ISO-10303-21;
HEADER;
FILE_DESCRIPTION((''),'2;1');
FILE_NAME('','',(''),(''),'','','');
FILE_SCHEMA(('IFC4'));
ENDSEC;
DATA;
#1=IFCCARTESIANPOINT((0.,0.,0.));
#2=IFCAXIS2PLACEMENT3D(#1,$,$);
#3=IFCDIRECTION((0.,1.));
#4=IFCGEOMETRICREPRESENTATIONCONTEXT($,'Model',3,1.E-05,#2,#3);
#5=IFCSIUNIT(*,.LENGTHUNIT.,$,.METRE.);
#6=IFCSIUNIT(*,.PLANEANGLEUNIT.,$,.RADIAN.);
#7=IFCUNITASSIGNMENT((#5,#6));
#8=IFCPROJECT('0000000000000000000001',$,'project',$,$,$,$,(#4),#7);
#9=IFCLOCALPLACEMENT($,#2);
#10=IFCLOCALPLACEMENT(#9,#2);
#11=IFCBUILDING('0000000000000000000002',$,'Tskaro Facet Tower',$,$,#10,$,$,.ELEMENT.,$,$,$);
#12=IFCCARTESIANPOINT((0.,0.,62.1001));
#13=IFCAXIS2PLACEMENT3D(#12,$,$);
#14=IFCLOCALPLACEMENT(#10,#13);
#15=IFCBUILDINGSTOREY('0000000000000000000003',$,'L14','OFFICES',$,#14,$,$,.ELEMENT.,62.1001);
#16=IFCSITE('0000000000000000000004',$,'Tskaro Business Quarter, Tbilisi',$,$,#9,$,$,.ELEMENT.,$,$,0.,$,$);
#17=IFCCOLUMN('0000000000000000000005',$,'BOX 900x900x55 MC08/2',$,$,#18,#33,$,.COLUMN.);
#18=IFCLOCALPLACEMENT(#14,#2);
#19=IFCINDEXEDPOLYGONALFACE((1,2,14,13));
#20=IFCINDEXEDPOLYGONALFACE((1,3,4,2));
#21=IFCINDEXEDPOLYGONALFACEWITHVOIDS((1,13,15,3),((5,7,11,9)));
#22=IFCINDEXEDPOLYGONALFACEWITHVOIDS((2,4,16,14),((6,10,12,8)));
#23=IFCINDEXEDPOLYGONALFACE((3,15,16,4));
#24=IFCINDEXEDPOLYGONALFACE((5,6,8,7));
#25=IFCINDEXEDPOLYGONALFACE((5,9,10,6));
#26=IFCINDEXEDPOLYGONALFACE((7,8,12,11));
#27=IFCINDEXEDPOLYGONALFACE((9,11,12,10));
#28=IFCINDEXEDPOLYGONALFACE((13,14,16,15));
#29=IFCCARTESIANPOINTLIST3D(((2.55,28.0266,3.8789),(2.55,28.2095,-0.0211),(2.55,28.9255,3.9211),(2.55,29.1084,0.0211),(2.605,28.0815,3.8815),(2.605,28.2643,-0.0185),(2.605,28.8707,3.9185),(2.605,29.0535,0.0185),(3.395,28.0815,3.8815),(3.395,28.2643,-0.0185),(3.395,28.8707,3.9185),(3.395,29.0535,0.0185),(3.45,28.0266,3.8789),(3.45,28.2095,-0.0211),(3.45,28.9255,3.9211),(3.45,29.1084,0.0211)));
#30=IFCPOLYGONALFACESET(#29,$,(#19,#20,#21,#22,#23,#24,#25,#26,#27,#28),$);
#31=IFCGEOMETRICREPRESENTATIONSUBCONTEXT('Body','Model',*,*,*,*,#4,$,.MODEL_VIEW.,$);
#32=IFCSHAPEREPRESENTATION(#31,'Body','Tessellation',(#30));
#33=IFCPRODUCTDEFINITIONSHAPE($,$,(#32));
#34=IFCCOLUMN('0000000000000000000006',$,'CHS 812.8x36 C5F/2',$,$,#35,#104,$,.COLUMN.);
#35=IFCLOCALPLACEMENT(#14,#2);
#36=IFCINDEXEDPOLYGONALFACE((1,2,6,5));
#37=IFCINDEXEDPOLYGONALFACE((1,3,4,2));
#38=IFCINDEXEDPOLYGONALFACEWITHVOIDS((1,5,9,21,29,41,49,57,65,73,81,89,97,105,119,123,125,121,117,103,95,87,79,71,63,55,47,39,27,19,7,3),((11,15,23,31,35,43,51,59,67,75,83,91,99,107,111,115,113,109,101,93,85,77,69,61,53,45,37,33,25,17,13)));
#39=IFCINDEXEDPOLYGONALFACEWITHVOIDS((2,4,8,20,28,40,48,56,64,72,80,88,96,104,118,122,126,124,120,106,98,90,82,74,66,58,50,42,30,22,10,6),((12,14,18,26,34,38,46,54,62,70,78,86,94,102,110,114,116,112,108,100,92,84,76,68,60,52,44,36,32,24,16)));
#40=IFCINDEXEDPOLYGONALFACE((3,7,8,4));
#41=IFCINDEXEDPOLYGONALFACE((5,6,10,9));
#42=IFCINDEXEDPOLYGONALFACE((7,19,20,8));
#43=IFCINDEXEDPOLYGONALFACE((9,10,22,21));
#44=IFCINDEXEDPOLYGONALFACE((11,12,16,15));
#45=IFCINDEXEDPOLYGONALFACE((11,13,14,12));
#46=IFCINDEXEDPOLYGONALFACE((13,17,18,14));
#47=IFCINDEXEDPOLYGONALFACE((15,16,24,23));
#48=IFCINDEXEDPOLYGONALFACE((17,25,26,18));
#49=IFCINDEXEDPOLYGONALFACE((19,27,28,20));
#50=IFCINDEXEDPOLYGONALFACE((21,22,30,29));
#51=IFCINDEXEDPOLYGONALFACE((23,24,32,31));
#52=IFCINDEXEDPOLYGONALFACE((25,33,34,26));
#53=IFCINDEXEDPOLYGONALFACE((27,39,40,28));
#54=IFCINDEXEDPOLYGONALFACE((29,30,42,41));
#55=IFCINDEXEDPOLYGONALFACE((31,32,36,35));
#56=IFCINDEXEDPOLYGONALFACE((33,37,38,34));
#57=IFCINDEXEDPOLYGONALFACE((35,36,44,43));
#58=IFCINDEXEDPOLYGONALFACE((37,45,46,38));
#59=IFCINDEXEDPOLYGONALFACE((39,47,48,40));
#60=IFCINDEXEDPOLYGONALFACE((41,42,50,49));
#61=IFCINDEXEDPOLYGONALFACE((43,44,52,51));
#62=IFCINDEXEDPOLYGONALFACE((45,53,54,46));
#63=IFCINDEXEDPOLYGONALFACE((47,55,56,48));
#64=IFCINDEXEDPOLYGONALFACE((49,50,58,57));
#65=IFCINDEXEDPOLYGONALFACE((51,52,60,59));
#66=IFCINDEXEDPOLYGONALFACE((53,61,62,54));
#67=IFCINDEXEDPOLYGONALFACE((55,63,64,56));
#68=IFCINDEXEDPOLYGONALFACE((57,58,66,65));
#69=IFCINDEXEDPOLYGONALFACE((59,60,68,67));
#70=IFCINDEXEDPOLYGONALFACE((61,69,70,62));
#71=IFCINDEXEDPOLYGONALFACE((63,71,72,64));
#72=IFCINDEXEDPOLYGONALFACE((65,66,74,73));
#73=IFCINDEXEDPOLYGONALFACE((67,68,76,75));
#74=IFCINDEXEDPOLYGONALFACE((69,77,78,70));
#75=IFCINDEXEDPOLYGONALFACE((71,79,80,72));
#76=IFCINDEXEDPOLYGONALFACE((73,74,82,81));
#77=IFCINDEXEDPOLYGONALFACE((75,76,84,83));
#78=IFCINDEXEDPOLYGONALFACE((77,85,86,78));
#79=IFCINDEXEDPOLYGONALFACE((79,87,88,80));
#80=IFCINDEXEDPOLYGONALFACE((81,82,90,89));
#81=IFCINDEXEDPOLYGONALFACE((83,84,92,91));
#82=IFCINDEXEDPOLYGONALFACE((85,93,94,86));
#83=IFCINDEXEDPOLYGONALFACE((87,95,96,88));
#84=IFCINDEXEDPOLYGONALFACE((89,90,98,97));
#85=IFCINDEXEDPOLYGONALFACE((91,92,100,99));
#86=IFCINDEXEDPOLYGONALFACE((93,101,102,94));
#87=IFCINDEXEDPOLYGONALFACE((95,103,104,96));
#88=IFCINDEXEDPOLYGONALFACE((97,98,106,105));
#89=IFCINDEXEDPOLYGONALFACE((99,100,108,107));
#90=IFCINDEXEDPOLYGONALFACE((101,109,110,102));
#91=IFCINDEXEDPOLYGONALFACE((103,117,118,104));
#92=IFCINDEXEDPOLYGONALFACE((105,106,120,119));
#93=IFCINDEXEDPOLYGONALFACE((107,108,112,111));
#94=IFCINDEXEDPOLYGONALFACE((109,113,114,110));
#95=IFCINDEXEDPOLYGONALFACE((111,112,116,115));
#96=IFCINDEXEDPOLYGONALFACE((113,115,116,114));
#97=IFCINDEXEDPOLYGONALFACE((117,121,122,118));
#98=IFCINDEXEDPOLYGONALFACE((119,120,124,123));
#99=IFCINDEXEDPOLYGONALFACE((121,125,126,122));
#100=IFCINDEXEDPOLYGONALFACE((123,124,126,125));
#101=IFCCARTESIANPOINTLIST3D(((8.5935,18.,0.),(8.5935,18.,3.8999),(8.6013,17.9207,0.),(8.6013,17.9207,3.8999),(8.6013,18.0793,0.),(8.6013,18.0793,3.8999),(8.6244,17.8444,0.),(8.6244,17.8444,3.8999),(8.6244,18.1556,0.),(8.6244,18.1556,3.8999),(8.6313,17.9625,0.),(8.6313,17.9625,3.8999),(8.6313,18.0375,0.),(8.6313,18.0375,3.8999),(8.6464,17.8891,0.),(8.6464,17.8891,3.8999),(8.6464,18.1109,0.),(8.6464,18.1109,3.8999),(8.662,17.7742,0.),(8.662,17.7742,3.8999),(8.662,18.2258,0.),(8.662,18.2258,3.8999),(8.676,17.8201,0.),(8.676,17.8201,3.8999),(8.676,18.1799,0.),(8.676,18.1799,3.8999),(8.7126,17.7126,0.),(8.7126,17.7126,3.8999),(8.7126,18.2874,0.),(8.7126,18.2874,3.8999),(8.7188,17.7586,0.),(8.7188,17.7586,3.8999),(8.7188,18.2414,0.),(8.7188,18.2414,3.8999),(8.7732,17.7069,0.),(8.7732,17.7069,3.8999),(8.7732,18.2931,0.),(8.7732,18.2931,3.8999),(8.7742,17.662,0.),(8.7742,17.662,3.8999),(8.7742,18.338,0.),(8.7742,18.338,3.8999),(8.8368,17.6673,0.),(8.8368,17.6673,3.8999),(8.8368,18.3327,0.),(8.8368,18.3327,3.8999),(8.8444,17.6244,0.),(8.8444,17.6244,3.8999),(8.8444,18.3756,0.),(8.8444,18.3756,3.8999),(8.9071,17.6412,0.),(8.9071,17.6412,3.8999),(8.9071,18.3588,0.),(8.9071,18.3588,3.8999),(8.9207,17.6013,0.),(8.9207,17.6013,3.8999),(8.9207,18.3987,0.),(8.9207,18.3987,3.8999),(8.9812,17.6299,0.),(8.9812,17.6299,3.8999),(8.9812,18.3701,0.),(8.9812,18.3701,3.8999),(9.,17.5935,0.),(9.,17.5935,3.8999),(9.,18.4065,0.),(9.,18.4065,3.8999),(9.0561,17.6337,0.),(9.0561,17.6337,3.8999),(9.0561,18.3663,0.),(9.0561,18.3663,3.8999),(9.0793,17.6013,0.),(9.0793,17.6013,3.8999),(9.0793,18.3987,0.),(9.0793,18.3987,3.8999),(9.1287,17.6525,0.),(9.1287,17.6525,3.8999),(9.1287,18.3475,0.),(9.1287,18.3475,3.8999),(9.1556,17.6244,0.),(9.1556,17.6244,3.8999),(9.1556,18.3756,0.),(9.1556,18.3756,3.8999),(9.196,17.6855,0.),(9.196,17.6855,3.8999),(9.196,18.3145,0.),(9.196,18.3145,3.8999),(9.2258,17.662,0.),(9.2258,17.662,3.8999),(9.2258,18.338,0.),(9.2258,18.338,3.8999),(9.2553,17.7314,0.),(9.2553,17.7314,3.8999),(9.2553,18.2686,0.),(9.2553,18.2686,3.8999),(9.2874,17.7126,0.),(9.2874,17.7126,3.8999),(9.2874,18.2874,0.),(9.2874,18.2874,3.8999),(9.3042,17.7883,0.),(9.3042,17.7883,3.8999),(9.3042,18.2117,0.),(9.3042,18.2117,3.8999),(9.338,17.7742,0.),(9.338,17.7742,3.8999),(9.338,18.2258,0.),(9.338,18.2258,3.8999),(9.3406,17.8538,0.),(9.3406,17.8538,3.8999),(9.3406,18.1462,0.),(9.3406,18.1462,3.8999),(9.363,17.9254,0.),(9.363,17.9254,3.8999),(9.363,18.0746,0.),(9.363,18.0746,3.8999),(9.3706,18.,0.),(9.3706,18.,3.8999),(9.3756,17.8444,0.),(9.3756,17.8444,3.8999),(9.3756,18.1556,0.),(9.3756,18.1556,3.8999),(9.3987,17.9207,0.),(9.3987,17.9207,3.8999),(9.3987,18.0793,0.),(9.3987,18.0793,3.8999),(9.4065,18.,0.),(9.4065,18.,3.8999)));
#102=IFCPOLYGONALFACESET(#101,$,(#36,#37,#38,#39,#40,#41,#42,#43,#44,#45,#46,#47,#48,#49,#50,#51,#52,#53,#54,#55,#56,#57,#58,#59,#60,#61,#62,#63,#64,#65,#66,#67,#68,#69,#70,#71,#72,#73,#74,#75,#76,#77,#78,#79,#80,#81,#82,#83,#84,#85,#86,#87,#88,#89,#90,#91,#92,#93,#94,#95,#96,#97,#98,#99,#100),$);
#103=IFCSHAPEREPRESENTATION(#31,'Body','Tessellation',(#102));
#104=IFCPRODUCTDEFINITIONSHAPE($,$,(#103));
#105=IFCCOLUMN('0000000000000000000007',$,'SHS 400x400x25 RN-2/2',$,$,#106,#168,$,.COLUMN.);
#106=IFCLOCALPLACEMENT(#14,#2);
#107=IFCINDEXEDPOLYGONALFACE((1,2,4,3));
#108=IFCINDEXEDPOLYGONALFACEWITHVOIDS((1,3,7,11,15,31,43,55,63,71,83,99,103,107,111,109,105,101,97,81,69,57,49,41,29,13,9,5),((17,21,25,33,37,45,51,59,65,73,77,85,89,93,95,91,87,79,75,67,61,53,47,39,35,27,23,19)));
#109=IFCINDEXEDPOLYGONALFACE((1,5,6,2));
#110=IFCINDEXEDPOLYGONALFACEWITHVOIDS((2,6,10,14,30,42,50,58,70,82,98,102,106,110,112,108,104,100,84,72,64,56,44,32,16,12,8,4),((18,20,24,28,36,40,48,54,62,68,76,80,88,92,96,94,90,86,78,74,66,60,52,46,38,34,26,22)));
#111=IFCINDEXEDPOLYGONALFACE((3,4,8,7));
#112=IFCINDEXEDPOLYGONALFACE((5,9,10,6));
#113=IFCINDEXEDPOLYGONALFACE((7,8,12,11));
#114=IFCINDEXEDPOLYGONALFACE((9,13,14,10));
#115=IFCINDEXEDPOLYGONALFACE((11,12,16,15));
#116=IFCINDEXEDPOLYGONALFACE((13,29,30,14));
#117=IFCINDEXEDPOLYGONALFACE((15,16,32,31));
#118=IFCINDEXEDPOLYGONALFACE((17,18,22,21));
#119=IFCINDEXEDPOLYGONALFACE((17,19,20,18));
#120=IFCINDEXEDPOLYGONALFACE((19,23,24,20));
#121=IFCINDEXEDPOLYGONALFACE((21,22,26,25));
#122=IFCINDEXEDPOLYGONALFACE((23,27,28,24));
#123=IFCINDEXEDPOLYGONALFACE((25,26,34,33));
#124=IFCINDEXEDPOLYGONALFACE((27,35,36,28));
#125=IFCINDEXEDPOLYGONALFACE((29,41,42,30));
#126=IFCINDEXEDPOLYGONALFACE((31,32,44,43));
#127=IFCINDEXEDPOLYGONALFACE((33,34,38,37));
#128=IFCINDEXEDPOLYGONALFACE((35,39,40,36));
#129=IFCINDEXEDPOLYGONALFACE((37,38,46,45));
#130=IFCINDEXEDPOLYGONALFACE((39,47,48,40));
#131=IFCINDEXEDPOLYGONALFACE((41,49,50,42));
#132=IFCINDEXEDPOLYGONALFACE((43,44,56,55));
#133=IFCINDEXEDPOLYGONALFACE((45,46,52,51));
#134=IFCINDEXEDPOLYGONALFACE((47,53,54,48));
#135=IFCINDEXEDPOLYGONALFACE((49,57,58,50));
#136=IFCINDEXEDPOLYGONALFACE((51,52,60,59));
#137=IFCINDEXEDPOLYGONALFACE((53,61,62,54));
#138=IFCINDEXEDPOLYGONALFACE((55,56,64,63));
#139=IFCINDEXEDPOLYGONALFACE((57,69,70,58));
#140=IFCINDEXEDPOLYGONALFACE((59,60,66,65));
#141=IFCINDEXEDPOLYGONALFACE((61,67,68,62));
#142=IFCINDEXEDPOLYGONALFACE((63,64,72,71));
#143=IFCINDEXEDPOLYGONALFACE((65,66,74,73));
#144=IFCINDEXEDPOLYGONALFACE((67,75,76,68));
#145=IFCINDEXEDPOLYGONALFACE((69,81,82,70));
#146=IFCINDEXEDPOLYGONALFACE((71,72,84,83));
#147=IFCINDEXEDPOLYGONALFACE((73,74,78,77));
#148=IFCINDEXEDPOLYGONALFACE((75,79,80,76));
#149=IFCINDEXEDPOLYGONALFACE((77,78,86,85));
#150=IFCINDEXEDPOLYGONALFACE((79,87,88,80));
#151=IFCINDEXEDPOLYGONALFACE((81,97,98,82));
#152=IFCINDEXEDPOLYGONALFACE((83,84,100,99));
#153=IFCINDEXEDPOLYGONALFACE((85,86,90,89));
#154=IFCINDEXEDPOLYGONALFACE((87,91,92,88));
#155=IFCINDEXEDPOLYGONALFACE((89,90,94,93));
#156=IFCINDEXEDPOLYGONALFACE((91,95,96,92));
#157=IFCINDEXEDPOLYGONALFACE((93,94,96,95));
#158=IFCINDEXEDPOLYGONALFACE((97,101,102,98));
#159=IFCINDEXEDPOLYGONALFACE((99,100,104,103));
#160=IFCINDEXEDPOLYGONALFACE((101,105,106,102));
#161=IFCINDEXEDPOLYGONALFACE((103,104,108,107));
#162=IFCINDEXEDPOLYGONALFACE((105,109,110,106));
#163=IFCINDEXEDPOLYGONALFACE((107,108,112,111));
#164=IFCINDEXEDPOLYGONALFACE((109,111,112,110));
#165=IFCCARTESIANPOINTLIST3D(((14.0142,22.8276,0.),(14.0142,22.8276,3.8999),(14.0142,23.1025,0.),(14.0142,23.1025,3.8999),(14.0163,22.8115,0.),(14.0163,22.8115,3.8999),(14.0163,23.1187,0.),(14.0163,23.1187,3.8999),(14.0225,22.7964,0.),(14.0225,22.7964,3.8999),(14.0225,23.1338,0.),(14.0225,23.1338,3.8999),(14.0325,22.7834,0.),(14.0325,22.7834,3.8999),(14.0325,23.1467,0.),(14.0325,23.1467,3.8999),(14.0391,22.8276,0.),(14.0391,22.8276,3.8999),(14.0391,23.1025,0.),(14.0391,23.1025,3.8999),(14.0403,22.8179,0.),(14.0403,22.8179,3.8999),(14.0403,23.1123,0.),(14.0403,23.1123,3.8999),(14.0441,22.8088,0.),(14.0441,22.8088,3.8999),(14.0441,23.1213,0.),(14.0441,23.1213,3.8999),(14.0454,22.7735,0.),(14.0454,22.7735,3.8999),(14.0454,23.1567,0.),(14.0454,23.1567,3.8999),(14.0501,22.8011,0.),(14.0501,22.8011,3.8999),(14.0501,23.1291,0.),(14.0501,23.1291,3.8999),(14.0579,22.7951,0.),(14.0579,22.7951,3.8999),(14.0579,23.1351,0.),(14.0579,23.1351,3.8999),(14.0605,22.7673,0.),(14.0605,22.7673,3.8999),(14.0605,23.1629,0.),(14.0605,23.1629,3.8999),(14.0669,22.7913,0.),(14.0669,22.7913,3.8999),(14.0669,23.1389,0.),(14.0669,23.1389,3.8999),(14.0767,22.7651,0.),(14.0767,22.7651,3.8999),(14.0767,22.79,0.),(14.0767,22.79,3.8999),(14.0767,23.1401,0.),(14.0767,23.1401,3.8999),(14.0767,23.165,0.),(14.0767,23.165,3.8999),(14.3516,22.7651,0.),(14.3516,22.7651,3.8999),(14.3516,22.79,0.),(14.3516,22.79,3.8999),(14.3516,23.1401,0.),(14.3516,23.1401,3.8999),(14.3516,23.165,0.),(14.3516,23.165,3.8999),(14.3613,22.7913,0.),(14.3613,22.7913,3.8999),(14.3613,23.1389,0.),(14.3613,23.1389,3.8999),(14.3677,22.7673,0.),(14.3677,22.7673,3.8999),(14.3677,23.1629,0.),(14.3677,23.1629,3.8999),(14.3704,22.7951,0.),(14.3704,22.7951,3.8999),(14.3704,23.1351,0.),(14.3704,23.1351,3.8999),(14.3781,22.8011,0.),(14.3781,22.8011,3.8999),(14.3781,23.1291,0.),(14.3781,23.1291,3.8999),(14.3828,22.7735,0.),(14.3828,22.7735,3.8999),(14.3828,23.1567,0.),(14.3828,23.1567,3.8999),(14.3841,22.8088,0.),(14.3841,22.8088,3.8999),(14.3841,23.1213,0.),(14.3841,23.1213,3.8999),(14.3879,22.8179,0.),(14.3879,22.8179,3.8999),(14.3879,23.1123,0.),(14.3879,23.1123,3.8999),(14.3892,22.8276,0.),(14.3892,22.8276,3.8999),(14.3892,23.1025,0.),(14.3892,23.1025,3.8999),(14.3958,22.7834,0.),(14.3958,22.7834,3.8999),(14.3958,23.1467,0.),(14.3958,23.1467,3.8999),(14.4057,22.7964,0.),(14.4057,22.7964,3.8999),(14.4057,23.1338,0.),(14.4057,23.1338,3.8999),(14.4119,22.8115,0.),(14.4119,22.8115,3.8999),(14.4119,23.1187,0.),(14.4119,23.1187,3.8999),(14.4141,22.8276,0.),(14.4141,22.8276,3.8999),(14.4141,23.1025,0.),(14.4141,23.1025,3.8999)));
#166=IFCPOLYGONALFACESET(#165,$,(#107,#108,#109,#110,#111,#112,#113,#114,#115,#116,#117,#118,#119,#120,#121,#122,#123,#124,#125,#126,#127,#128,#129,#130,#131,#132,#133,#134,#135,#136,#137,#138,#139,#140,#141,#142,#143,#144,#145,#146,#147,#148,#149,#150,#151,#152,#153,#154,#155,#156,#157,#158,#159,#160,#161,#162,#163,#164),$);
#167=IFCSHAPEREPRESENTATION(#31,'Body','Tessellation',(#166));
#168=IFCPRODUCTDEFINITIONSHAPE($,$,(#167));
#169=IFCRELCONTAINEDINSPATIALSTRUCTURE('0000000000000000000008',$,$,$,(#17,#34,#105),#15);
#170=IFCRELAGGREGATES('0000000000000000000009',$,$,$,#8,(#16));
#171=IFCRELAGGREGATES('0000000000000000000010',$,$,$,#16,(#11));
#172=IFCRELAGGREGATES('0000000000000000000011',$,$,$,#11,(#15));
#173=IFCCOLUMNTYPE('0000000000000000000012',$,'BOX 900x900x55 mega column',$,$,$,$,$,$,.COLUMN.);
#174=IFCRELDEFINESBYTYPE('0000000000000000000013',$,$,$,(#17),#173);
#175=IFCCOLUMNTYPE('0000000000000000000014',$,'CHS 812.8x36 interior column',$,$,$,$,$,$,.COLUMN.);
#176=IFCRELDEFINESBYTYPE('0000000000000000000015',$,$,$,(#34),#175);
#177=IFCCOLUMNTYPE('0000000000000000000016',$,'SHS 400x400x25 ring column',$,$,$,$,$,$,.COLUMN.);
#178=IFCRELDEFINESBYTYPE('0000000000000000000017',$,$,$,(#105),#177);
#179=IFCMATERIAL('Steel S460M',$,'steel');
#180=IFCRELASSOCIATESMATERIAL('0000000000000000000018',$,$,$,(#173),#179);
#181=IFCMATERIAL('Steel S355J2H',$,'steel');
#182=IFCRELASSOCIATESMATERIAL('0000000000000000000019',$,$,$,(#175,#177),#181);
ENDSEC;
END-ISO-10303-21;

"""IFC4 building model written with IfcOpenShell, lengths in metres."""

from ifc_helpers import new_model, si_unit, direction, frame, origin, origin_2d, place, context, subcontext, project, spatial, hollow_rectangle, hollow_circle, extrude, material, material_profile, profile_set, type_object, element, save


model = new_model("IFC4")

# Units and contexts
model_context = context("Model", 3, precision=1e-05, world=origin(), true_north=direction((0.0, 1.0)))
body_context = subcontext(model_context, "Body", "Model", "MODEL_VIEW")
ifc_project = project(units=[si_unit("LENGTHUNIT", "METRE"), si_unit("PLANEANGLEUNIT", "RADIAN")], contexts=[model_context])

# Site, building, storey
site_placement = place(None, origin())
site = spatial("IfcSite", under=ifc_project, at=site_placement, Name="Tskaro Business Quarter, Tbilisi", CompositionType="ELEMENT", RefElevation=0.0)
building_placement = place(site_placement, origin())
building = spatial("IfcBuilding", under=site, at=building_placement, Name="Tskaro Facet Tower", CompositionType="ELEMENT")
storey_placement = place(building_placement, frame((0.0, 0.0, 62.1001)))
storey = spatial("IfcBuildingStorey", under=building, at=storey_placement, Name="L14", Description="OFFICES", CompositionType="ELEMENT", Elevation=62.1001)

# Columns
ifc_material_1 = material(Name="Steel S460M", Category="steel")
ifc_material_profile_1 = material_profile(ifc_material_1, hollow_rectangle(XDim=0.8999, YDim=0.8999, WallThickness=0.0549, at=origin_2d()), Name="BOX 900x900x55")
ifc_profile_set_1 = profile_set([ifc_material_profile_1], Name="Steel S460M")
column_type_1 = type_object("IfcColumnType", Name="BOX 900x900x55 mega column", PredefinedType="COLUMN", material=ifc_profile_set_1)
column_1_placement = place(storey_placement, frame((3.0, 28.6589, 0.0), z_axis=(0.0, -0.046837, 0.998903), x_axis=(1.0, 0.0, 0.0)))
element("IfcColumn", 1, at=column_1_placement, inside=storey, type_object=column_type_1, Name="BOX 900x900x55 MC08/2", PredefinedType="COLUMN", context=body_context, shape_type="SweptSolid", body=[
    extrude(hollow_rectangle(XDim=0.8999, YDim=0.8999, WallThickness=0.0549, at=origin_2d()), origin(), (0.0, 0.0, 1.0), 3.9043),
])
ifc_material_2 = material(Name="Steel S355J2H", Category="steel")
ifc_material_profile_2 = material_profile(ifc_material_2, hollow_circle(Radius=0.4065, WallThickness=0.0359, at=origin_2d()), Name="CHS 812.8x36")
ifc_profile_set_2 = profile_set([ifc_material_profile_2], Name="Steel S355J2H")
column_type_2 = type_object("IfcColumnType", Name="CHS 812.8x36 interior column", PredefinedType="COLUMN", material=ifc_profile_set_2)
column_2_placement = place(storey_placement, frame((9.0, 18.0, 0.0), z_axis=(0.0, 0.0, 1.0), x_axis=(1.0, 0.0, 0.0)))
element("IfcColumn", 2, at=column_2_placement, inside=storey, type_object=column_type_2, Name="CHS 812.8x36 C5F/2", PredefinedType="COLUMN", context=body_context, shape_type="SweptSolid", body=[
    extrude(hollow_circle(Radius=0.4065, WallThickness=0.0359, at=origin_2d()), origin(), (0.0, 0.0, 1.0), 3.8999),
])
ifc_material_profile_3 = material_profile(ifc_material_2, hollow_rectangle(XDim=0.3999, YDim=0.3999, WallThickness=0.0249, InnerFilletRadius=0.0376, OuterFilletRadius=0.0625, at=origin_2d()), Name="SHS 400x400x25")
ifc_profile_set_3 = profile_set([ifc_material_profile_3], Name="Steel S355J2H")
column_type_3 = type_object("IfcColumnType", Name="SHS 400x400x25 ring column", PredefinedType="COLUMN", material=ifc_profile_set_3)
for number, where, z_axis, x_axis, name in (
    (3, (14.2141, 22.9651, 0.0), (0.0, 0.0, 1.0), (1.0, 0.0, 0.0), "SHS 400x400x25 RN-2/2"),
):
    element("IfcColumn", number, at=place(storey_placement, frame(where, z_axis=z_axis, x_axis=x_axis)), inside=storey, type_object=column_type_3, Name=name, PredefinedType="COLUMN", context=body_context, shape_type="SweptSolid", body=[
        extrude(hollow_rectangle(XDim=0.3999, YDim=0.3999, WallThickness=0.0249, InnerFilletRadius=0.0376, OuterFilletRadius=0.0625, at=origin_2d()), origin(), (0.0, 0.0, 1.0), 3.8999),
    ])

save(model, "model.ifc")
